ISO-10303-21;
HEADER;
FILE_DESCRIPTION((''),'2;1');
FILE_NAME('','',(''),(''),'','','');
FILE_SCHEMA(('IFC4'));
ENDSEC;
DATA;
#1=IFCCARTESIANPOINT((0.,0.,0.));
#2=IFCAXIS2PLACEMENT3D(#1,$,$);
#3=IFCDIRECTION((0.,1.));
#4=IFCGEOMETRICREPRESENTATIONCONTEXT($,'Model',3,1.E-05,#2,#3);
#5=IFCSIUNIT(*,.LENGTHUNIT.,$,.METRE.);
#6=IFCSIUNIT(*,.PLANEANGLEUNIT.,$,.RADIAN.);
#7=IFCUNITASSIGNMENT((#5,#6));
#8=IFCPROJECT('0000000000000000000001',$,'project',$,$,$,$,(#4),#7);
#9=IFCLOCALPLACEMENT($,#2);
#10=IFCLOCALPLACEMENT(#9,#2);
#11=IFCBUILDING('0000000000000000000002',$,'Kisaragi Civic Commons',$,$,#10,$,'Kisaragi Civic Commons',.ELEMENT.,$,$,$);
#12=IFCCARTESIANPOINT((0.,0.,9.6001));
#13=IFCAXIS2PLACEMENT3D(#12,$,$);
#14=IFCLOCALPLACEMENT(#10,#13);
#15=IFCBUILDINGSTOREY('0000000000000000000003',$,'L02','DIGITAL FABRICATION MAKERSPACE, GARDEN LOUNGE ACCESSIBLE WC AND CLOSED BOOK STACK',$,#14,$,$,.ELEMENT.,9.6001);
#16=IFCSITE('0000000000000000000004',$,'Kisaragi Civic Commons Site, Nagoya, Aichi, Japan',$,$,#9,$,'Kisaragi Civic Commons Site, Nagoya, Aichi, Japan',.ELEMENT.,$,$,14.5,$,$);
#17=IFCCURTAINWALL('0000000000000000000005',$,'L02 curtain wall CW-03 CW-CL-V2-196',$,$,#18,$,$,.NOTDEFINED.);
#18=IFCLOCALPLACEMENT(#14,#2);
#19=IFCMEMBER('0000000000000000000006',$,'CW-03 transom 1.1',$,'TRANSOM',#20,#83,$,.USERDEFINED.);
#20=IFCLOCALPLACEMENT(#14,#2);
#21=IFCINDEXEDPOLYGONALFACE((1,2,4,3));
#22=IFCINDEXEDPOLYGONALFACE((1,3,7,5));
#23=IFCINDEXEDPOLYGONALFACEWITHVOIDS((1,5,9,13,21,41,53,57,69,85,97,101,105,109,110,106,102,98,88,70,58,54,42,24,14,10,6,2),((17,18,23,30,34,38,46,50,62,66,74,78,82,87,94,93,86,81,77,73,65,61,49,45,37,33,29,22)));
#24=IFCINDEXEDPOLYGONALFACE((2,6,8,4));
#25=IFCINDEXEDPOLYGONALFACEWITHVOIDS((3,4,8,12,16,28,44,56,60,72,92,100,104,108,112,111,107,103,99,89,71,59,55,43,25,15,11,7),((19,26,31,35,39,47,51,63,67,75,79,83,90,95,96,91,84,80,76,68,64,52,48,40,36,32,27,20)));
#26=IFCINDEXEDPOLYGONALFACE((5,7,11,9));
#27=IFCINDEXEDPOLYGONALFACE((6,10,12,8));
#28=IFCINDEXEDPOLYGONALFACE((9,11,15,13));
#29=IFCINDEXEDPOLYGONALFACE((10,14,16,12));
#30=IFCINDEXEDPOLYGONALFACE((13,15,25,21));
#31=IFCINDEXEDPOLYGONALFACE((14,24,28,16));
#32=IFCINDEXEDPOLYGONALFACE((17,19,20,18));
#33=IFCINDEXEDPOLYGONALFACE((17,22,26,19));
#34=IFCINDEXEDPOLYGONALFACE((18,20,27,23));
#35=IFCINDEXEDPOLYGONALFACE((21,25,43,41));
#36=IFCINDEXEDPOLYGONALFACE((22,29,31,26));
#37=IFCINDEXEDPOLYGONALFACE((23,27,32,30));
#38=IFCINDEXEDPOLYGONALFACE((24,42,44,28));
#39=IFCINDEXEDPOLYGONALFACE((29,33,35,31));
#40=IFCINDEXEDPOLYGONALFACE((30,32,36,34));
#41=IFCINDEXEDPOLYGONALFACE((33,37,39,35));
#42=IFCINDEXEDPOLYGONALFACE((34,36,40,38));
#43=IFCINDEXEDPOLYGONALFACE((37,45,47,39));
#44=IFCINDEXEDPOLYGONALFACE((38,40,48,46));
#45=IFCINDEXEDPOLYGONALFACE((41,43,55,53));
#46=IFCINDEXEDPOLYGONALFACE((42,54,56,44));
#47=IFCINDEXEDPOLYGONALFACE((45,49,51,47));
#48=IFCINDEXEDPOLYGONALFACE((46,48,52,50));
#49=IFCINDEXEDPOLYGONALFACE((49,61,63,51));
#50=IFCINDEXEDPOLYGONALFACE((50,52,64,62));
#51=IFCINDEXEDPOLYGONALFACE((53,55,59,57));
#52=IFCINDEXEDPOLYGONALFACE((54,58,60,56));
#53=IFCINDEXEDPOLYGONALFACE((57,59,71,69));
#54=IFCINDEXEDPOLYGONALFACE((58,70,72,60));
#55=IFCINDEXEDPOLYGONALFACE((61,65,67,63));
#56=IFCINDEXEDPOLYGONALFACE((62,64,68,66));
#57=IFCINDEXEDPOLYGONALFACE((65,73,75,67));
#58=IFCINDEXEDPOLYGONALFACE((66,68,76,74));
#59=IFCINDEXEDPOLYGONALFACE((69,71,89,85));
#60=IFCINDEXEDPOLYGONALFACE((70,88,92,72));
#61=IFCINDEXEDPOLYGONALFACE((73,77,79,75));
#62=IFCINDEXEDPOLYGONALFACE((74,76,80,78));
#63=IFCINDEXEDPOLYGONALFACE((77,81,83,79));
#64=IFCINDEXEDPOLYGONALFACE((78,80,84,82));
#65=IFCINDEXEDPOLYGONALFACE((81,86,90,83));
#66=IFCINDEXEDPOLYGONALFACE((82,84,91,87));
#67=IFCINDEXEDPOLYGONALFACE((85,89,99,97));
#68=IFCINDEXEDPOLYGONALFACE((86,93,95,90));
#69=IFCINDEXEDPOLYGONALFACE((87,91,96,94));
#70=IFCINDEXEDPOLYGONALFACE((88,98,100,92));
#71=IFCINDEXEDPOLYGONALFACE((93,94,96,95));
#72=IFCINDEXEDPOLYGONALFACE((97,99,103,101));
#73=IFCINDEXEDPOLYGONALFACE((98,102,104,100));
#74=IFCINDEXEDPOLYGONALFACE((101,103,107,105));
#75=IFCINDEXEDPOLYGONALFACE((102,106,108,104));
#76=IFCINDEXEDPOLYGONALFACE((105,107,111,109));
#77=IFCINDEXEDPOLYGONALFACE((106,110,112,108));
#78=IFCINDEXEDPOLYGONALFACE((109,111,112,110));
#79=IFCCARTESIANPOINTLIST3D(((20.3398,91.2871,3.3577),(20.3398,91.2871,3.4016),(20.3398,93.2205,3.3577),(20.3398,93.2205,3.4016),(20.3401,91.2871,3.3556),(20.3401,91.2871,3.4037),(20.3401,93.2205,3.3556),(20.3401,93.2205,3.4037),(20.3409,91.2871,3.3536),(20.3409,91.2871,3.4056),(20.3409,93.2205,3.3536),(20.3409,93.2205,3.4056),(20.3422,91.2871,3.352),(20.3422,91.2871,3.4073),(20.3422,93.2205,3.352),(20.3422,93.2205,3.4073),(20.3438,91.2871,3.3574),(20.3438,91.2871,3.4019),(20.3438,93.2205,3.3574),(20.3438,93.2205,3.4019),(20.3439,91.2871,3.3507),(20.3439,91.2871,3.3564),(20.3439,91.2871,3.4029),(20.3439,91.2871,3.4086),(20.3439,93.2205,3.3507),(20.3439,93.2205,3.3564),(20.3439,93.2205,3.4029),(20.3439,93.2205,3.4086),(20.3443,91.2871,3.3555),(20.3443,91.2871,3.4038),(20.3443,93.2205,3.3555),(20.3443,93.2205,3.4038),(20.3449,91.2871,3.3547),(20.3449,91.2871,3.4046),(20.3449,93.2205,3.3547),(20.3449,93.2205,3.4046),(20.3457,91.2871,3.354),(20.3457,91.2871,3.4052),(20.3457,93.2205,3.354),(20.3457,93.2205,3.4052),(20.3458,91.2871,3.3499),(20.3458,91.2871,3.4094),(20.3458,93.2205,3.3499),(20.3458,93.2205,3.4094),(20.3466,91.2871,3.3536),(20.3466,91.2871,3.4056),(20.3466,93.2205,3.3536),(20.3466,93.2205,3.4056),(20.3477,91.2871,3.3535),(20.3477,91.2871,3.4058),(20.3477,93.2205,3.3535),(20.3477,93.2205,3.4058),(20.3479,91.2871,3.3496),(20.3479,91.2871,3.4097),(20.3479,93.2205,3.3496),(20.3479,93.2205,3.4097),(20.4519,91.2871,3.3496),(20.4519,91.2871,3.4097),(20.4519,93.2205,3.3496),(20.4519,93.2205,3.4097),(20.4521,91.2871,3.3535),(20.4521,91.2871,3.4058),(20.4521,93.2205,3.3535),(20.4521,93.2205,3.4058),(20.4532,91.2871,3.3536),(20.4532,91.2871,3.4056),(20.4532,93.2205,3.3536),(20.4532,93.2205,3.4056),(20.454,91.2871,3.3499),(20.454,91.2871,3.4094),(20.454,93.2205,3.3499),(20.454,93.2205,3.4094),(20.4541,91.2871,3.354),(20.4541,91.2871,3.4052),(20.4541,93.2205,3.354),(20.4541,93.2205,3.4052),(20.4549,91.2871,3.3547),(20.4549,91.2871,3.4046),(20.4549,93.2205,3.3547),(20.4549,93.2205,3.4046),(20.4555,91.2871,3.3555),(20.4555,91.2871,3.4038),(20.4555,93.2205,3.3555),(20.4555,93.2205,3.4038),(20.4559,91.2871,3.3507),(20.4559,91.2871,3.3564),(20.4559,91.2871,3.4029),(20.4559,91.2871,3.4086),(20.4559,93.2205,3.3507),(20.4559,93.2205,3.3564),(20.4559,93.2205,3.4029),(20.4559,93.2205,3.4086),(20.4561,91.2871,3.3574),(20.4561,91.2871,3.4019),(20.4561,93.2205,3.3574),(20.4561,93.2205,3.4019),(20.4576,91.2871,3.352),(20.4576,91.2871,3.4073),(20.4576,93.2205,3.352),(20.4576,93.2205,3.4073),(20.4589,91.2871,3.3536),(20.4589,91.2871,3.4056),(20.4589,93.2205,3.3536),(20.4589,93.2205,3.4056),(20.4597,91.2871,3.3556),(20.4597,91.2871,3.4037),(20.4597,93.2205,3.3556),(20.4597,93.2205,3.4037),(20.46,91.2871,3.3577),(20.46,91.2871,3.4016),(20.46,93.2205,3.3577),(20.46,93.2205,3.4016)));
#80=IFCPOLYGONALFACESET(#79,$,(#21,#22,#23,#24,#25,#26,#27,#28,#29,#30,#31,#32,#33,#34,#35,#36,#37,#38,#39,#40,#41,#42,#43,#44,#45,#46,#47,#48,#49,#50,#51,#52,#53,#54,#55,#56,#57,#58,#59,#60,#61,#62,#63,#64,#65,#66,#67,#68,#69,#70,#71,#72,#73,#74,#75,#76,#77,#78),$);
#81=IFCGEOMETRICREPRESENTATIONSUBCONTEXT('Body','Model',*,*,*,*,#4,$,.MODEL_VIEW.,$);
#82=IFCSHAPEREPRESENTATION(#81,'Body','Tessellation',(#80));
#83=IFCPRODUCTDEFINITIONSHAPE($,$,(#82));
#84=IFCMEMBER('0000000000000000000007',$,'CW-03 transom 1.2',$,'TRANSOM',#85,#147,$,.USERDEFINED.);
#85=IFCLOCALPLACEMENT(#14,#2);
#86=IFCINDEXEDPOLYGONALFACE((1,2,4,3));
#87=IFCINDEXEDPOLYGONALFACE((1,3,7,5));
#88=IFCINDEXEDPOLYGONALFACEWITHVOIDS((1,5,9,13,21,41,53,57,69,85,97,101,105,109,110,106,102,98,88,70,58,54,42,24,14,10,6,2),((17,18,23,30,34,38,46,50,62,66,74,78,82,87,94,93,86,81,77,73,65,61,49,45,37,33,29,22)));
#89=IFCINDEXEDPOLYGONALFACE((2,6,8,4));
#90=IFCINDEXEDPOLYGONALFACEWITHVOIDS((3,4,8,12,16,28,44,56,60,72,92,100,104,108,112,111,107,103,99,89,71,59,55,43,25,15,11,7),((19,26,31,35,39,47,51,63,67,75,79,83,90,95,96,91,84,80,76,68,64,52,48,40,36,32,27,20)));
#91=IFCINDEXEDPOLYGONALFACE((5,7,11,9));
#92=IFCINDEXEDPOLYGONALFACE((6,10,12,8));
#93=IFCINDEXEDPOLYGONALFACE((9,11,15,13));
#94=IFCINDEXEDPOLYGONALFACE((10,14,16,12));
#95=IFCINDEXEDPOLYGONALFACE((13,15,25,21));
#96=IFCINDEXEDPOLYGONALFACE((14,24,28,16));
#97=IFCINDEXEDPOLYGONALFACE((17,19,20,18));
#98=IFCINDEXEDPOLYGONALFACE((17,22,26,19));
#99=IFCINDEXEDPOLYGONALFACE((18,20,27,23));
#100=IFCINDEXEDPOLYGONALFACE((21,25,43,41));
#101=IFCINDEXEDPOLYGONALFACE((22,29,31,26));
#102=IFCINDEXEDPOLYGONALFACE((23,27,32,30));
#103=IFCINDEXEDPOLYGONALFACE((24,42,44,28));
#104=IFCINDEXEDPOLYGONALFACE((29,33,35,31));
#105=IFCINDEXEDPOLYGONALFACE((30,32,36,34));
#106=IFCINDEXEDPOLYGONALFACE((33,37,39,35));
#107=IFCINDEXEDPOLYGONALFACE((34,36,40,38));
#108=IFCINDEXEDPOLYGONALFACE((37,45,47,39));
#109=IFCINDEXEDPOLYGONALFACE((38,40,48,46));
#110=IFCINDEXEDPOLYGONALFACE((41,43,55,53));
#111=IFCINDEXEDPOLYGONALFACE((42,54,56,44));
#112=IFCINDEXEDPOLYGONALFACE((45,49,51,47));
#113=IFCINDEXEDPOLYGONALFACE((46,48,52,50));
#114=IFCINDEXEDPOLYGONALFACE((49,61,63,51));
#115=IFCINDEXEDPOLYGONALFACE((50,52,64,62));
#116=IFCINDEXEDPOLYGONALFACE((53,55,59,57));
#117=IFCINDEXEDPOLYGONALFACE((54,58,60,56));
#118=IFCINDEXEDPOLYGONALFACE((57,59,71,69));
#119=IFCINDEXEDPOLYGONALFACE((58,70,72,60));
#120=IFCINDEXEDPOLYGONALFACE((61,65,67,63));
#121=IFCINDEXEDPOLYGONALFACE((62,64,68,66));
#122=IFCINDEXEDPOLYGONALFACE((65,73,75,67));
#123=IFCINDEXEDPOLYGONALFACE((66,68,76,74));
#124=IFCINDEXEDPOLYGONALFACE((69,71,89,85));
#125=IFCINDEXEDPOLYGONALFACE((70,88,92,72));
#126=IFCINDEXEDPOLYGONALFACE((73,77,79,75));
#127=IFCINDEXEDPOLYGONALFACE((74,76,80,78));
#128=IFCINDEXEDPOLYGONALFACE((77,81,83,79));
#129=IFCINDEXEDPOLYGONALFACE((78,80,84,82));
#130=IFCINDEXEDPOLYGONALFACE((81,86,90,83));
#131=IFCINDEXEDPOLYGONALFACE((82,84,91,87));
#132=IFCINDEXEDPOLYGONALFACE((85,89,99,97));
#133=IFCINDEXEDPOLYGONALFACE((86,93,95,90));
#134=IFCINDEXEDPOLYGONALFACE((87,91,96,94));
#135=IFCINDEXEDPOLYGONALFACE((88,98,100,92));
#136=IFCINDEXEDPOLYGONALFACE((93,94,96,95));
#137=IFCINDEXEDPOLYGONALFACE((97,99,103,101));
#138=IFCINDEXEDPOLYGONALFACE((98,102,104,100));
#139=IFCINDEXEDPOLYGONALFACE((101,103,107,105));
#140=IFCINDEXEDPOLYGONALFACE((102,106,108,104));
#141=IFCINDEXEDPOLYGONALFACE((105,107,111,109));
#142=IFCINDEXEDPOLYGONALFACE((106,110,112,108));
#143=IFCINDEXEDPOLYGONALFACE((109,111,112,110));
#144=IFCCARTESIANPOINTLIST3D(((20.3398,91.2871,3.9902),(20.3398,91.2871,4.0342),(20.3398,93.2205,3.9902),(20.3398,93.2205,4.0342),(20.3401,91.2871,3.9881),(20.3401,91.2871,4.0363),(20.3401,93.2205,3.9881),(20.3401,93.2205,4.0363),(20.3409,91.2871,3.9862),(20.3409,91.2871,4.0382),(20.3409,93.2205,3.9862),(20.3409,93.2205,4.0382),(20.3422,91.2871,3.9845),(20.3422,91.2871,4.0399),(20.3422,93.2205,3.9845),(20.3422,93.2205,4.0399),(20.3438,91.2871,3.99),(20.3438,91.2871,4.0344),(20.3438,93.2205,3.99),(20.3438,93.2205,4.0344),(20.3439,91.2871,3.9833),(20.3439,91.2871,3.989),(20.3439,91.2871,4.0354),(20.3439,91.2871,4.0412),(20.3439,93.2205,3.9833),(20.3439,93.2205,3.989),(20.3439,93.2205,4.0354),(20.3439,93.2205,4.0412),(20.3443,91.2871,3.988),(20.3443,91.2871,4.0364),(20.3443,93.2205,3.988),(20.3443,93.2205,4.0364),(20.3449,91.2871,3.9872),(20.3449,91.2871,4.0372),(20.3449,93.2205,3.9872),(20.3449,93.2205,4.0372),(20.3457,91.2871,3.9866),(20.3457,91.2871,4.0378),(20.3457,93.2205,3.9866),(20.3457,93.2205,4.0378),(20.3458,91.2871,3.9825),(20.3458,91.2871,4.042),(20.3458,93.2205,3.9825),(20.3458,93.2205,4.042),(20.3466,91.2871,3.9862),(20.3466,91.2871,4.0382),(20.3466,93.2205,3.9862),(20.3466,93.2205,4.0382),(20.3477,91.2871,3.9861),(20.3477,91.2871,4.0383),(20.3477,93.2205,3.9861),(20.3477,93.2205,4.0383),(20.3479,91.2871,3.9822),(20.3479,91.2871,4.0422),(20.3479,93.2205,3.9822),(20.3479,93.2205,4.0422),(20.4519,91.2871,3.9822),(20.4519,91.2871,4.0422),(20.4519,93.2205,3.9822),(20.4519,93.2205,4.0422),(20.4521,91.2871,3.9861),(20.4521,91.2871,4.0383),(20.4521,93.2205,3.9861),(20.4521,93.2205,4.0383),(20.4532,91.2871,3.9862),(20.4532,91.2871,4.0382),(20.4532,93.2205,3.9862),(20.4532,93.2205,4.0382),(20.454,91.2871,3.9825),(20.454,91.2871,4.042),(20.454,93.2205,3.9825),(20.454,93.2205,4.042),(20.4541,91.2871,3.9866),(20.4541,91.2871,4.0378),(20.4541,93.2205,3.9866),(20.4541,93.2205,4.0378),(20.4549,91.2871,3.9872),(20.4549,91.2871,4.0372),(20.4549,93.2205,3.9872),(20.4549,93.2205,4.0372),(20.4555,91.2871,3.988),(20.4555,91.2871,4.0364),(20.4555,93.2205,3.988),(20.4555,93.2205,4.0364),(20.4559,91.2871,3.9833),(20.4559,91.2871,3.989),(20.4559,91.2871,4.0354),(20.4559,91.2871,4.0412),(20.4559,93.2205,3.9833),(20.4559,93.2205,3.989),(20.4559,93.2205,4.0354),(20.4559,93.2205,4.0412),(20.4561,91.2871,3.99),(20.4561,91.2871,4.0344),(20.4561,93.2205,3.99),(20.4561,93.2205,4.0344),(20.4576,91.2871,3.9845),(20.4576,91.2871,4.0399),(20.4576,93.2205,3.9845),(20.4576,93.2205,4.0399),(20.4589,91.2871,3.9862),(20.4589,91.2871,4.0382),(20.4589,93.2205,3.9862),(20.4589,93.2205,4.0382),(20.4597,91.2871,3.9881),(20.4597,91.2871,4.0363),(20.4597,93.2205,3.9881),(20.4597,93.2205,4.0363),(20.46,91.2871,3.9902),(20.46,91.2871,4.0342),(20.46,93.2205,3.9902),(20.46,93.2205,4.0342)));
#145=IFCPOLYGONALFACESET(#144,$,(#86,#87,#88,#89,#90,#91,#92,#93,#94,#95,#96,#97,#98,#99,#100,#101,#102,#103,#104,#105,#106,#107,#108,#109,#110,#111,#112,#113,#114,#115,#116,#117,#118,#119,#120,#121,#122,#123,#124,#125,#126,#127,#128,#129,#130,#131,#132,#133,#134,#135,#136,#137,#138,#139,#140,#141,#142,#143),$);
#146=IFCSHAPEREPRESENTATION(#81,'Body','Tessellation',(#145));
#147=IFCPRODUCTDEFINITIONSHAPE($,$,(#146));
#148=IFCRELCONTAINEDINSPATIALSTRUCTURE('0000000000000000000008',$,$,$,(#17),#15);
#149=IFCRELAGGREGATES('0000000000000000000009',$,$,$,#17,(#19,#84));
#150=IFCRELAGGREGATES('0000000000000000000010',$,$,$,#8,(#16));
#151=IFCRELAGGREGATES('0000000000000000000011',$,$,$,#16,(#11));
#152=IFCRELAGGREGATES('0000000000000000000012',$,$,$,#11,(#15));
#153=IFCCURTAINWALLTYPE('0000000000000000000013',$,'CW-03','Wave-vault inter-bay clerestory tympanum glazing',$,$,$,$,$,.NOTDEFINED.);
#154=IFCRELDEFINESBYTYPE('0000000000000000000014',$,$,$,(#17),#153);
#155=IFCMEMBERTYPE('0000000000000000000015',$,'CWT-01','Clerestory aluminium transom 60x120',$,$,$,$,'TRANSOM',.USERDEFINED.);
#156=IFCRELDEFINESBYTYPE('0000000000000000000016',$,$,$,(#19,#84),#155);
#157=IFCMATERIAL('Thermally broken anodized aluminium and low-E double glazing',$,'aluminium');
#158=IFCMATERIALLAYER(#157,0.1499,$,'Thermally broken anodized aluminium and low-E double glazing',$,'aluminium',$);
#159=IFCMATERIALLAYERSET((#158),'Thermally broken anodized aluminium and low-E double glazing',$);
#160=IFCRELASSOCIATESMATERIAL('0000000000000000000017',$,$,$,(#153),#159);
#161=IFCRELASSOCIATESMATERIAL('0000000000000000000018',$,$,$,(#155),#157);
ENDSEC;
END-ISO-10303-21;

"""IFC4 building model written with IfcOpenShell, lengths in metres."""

from ifc_helpers import new_model, si_unit, direction, frame, origin, origin_2d, place, context, subcontext, project, spatial, hollow_rectangle, extrude, material, layer, layer_set, material_profile, profile_set, type_object, element, aggregate, save


model = new_model("IFC4")

# Units and contexts
model_context = context("Model", 3, precision=1e-05, world=origin(), true_north=direction((0.0, 1.0)))
body_context = subcontext(model_context, "Body", "Model", "MODEL_VIEW")
ifc_project = project(units=[si_unit("LENGTHUNIT", "METRE"), si_unit("PLANEANGLEUNIT", "RADIAN")], contexts=[model_context])

# Site, building, storey
site_placement = place(None, origin())
site = spatial("IfcSite", under=ifc_project, at=site_placement, Name="Kisaragi Civic Commons Site, Nagoya, Aichi, Japan", LongName="Kisaragi Civic Commons Site, Nagoya, Aichi, Japan", CompositionType="ELEMENT", RefElevation=14.5)
building_placement = place(site_placement, origin())
building = spatial("IfcBuilding", under=site, at=building_placement, Name="Kisaragi Civic Commons", LongName="Kisaragi Civic Commons", CompositionType="ELEMENT")
storey_placement = place(building_placement, frame((0.0, 0.0, 9.6001)))
storey = spatial("IfcBuildingStorey", under=building, at=storey_placement, Name="L02", Description="DIGITAL FABRICATION MAKERSPACE, GARDEN LOUNGE ACCESSIBLE WC AND CLOSED BOOK STACK", CompositionType="ELEMENT", Elevation=9.6001)

# Shared definitions
ifc_material_1 = material(Name="Thermally broken anodized aluminium and low-E double glazing", Category="aluminium")
ifc_layer_1 = layer(ifc_material_1, 0.1499, Name="Thermally broken anodized aluminium and low-E double glazing", Category="aluminium")
ifc_layer_set_1 = layer_set([ifc_layer_1], Name="Thermally broken anodized aluminium and low-E double glazing")
curtain_wall_type = type_object("IfcCurtainWallType", Name="CW-03", Description="Wave-vault inter-bay clerestory tympanum glazing", PredefinedType="NOTDEFINED", material=ifc_layer_set_1)

# Curtain wall
curtain_wall_1_placement = place(storey_placement, origin())
curtain_wall_1 = element("IfcCurtainWall", 1, at=curtain_wall_1_placement, inside=storey, type_object=curtain_wall_type, Name="L02 curtain wall CW-03 CW-CL-V2-196", PredefinedType="NOTDEFINED")

# Members
ifc_material_profile_1 = material_profile(ifc_material_1, hollow_rectangle(XDim=0.1201, YDim=0.0601, WallThickness=0.0039, InnerFilletRadius=0.0039, OuterFilletRadius=0.0081, at=origin_2d()), Name="CWT-60x120x4", Category="aluminium")
ifc_profile_set_1 = profile_set([ifc_material_profile_1], Name="Thermally broken anodized aluminium and low-E double glazing")
member_type_1 = type_object("IfcMemberType", Name="CWT-01", Description="Clerestory aluminium transom 60x120", ElementType="TRANSOM", PredefinedType="USERDEFINED", material=ifc_profile_set_1)
member_1_placement = place(storey_placement, frame((20.3999, 91.2871, 3.3796), z_axis=(0.0, 1.0, 0.0), x_axis=(-1.0, 0.0, 0.0)))
member_1 = element("IfcMember", 2, at=member_1_placement, type_object=member_type_1, Name="CW-03 transom 1.1", ObjectType="TRANSOM", PredefinedType="USERDEFINED", context=body_context, shape_type="SweptSolid", body=[
    extrude(hollow_rectangle(XDim=0.1201, YDim=0.0601, WallThickness=0.0039, InnerFilletRadius=0.0039, OuterFilletRadius=0.0081, at=origin_2d()), origin(), (0.0, 0.0, 1.0), 1.9333),
])
member_2_placement = place(storey_placement, frame((20.3999, 91.2871, 4.0122), z_axis=(0.0, 1.0, 0.0), x_axis=(-1.0, 0.0, 0.0)))
member_2 = element("IfcMember", 3, at=member_2_placement, type_object=member_type_1, Name="CW-03 transom 1.2", ObjectType="TRANSOM", PredefinedType="USERDEFINED", context=body_context, shape_type="SweptSolid", body=[
    extrude(hollow_rectangle(XDim=0.1201, YDim=0.0601, WallThickness=0.0039, InnerFilletRadius=0.0039, OuterFilletRadius=0.0081, at=origin_2d()), origin(), (0.0, 0.0, 1.0), 1.9333),
])
aggregate(curtain_wall_1, [member_1, member_2])

save(model, "model.ifc")
